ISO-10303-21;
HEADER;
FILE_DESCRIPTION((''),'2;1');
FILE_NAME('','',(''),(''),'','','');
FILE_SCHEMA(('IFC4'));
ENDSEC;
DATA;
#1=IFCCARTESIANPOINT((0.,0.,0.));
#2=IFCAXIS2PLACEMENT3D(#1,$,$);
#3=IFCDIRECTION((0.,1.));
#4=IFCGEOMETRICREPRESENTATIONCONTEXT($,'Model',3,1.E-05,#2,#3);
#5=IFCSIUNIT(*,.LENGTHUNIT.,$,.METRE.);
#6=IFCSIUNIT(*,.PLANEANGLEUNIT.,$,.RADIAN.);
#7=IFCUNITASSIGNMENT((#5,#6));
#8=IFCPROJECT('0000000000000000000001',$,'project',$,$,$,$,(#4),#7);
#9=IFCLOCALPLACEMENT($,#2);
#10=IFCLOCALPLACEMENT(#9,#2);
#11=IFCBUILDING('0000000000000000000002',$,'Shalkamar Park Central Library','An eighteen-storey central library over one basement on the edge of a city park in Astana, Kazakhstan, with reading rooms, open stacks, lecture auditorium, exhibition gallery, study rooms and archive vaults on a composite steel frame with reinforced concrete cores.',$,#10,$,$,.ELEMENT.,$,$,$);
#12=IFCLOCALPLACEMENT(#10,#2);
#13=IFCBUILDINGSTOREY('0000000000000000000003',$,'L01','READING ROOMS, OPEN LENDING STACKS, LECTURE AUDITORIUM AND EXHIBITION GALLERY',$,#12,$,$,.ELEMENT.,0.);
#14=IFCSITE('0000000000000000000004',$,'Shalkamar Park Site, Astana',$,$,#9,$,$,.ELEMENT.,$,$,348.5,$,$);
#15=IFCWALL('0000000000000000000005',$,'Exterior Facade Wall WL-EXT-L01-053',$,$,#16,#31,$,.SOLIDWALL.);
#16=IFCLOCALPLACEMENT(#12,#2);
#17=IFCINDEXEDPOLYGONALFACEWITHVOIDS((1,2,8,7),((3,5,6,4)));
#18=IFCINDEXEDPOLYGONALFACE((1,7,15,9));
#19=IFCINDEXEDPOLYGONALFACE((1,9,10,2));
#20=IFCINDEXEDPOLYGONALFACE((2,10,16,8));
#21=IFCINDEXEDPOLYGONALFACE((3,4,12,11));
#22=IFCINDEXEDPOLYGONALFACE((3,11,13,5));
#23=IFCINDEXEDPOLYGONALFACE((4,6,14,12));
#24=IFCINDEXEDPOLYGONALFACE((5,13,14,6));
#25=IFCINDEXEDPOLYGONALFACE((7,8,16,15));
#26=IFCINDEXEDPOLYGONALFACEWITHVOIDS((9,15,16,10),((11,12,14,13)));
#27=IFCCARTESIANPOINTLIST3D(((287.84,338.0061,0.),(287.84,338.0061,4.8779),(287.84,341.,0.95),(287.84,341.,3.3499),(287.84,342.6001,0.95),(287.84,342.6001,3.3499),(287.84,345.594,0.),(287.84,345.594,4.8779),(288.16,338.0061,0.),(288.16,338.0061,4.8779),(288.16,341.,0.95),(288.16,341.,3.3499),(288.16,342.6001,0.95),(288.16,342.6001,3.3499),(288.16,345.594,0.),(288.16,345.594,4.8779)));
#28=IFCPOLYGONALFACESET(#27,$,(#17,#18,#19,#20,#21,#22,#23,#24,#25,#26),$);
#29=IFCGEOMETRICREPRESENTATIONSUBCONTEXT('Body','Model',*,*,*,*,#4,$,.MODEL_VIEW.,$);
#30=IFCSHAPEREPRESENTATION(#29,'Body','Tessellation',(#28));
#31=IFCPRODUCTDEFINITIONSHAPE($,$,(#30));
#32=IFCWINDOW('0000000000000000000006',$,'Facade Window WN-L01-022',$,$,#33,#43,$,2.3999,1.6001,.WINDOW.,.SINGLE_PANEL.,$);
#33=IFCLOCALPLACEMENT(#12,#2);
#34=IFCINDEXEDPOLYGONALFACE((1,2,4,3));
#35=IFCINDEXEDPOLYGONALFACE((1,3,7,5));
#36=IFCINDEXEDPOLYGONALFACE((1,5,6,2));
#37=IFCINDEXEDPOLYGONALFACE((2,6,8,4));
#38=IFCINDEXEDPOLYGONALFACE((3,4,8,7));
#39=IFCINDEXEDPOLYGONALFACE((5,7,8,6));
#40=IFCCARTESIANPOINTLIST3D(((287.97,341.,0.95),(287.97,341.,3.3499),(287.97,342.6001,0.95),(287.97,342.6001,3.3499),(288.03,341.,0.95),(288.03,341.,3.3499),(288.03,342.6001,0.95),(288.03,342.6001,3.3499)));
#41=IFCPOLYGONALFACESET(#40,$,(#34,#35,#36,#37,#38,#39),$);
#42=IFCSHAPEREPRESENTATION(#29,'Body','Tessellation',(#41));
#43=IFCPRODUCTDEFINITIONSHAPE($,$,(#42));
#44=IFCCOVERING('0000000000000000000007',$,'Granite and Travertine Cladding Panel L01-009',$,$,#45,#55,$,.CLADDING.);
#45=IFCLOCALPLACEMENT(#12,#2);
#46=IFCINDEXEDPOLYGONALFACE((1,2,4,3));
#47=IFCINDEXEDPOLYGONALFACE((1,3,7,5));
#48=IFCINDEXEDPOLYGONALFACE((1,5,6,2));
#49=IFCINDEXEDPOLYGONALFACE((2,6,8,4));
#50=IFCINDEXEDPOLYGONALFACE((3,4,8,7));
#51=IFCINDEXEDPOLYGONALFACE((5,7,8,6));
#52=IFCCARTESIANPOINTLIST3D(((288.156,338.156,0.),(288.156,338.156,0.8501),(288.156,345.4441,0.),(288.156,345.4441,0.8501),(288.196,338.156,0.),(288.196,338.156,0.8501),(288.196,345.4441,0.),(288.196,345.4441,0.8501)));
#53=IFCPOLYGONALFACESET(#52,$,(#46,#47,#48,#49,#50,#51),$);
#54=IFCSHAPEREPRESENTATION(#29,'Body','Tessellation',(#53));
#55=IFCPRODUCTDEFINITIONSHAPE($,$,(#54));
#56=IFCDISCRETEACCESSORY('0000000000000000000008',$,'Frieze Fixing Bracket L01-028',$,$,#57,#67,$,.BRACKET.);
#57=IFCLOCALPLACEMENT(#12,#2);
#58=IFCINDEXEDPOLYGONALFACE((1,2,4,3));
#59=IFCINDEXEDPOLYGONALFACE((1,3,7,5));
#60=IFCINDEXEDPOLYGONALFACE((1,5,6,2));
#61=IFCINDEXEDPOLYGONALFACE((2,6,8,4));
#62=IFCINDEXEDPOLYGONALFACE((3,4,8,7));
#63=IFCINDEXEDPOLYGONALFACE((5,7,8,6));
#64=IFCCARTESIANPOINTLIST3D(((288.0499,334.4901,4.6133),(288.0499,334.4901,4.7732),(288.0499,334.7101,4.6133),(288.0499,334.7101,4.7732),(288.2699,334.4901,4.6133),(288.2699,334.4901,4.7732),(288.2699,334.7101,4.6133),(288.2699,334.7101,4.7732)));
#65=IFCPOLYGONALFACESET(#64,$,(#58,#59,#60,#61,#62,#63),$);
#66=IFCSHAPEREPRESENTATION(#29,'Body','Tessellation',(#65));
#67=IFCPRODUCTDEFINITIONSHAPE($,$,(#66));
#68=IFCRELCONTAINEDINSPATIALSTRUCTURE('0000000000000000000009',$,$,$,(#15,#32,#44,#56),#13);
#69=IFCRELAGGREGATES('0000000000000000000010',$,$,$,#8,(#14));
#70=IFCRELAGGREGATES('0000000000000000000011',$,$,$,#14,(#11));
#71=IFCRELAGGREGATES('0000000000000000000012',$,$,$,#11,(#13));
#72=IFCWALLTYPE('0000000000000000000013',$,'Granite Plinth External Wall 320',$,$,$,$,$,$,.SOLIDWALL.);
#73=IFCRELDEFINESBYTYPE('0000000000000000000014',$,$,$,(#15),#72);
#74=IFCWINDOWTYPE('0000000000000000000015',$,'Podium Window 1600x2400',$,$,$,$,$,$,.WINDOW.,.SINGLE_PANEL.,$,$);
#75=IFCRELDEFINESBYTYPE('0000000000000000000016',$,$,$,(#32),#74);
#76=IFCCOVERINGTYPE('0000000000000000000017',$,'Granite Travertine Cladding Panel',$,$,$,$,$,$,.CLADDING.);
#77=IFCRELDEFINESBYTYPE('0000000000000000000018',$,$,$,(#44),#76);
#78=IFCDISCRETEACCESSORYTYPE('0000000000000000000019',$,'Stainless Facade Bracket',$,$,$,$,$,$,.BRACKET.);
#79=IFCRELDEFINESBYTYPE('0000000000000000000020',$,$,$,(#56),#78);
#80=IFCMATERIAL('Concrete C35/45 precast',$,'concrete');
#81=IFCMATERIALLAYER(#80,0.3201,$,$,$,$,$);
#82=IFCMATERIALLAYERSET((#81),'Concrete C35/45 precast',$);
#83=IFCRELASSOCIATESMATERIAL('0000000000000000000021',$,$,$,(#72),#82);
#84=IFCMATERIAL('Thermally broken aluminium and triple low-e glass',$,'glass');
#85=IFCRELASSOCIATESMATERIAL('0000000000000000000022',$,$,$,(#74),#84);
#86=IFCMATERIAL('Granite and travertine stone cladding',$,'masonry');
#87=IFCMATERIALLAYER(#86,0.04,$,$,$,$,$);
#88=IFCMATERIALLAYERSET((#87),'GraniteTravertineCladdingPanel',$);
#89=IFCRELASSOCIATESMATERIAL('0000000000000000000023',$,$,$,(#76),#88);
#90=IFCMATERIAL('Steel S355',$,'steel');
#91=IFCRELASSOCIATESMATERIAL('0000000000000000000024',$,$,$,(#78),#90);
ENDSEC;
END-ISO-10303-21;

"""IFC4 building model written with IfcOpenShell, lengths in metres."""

from ifc_helpers import new_model, si_unit, direction, frame, frame_2d, origin, origin_2d, place, context, subcontext, project, spatial, rectangle, extrude, material, layer, layer_set, type_object, element, fill, save


model = new_model("IFC4")

# Units and contexts
model_context = context("Model", 3, precision=1e-05, world=origin(), true_north=direction((0.0, 1.0)))
body_context = subcontext(model_context, "Body", "Model", "MODEL_VIEW")
ifc_project = project(units=[si_unit("LENGTHUNIT", "METRE"), si_unit("PLANEANGLEUNIT", "RADIAN")], contexts=[model_context])

# Site, building, storey
site_placement = place(None, origin())
site = spatial("IfcSite", under=ifc_project, at=site_placement, Name="Shalkamar Park Site, Astana", CompositionType="ELEMENT", RefElevation=348.5)
building_placement = place(site_placement, origin())
building = spatial("IfcBuilding", under=site, at=building_placement, Name="Shalkamar Park Central Library", Description="An eighteen-storey central library over one basement on the edge of a city park in Astana, Kazakhstan, with reading rooms, open stacks, lecture auditorium, exhibition gallery, study rooms and archive vaults on a composite steel frame with reinforced concrete cores.", CompositionType="ELEMENT")
storey_placement = place(building_placement, origin())
storey = spatial("IfcBuildingStorey", under=building, at=storey_placement, Name="L01", Description="READING ROOMS, OPEN LENDING STACKS, LECTURE AUDITORIUM AND EXHIBITION GALLERY", CompositionType="ELEMENT", Elevation=0.0)

# Shared definitions
ifc_material_1 = material(Name="Steel S355", Category="steel")

# Wall, opening, window
ifc_material_2 = material(Name="Concrete C35/45 precast", Category="concrete")
ifc_layer_1 = layer(ifc_material_2, 0.3201)
ifc_layer_set_1 = layer_set([ifc_layer_1], Name="Concrete C35/45 precast")
wall_type_1 = type_object("IfcWallType", Name="Granite Plinth External Wall 320", PredefinedType="SOLIDWALL", material=ifc_layer_set_1)
ifc_material_3 = material(Name="Thermally broken aluminium and triple low-e glass", Category="glass")
wall_1_placement = place(storey_placement, frame((288.0, 338.0061, 0.0), z_axis=(0.0, 0.0, 1.0), x_axis=(0.0, 1.0, 0.0)))
wall_1 = element("IfcWall", 1, at=wall_1_placement, inside=storey, type_object=wall_type_1, Name="Exterior Facade Wall WL-EXT-L01-053", PredefinedType="SOLIDWALL", context=body_context, shape_type="SweptSolid", body=[
    extrude(rectangle(XDim=7.5879, YDim=0.3201, at=frame_2d((3.7939, 0.0))), origin(), (0.0, 0.0, 1.0), 4.8779),
])
opening_1_placement = place(wall_1_placement, frame((2.9939, 0.0, 0.95)))
opening_1 = element("IfcOpeningElement", 2, at=opening_1_placement, cuts=wall_1, PredefinedType="OPENING", context=body_context, shape_type="SweptSolid", body=[
    extrude(rectangle(XDim=1.6001, YDim=2.3999, at=frame_2d((0.8, 1.2))), frame((0.0, 0.1748, 0.0), z_axis=(0.0, -1.0, 0.0), x_axis=(1.0, 0.0, 0.0)), (0.0, 0.0, 1.0), 0.3499),
])
window_type_1 = type_object("IfcWindowType", Name="Podium Window 1600x2400", PartitioningType="SINGLE_PANEL", PredefinedType="WINDOW", material=ifc_material_3)
window_1_placement = place(opening_1_placement, origin())
window_1 = element("IfcWindow", 3, at=window_1_placement, inside=storey, type_object=window_type_1, Name="Facade Window WN-L01-022", OverallHeight=2.3999, OverallWidth=1.6001, PartitioningType="SINGLE_PANEL", PredefinedType="WINDOW", context=body_context, shape_type="SweptSolid", body=[
    extrude(rectangle(XDim=1.6001, YDim=2.3999, at=frame_2d((0.8, 1.2))), frame((0.0, 0.03, 0.0), z_axis=(0.0, -1.0, 0.0), x_axis=(1.0, 0.0, 0.0)), (0.0, 0.0, 1.0), 0.0601),
])
fill(opening_1, window_1)

# Covering
ifc_material_4 = material(Name="Granite and travertine stone cladding", Category="masonry")
ifc_layer_2 = layer(ifc_material_4, 0.04)
ifc_layer_set_2 = layer_set([ifc_layer_2], Name="GraniteTravertineCladdingPanel")
covering_type = type_object("IfcCoveringType", Name="Granite Travertine Cladding Panel", PredefinedType="CLADDING", material=ifc_layer_set_2)
covering_placement = place(storey_placement, frame((288.176, 341.8, 0.0), z_axis=(0.0, 0.0, 1.0), x_axis=(1.0, 0.0, 0.0)))
element("IfcCovering", 4, at=covering_placement, inside=storey, type_object=covering_type, Name="Granite and Travertine Cladding Panel L01-009", PredefinedType="CLADDING", context=body_context, shape_type="SweptSolid", body=[
    extrude(rectangle(XDim=0.04, YDim=7.2881, at=origin_2d()), origin(), (0.0, 0.0, 1.0), 0.8501),
])

# Discrete accessory
discrete_accessory_type = type_object("IfcDiscreteAccessoryType", Name="Stainless Facade Bracket", PredefinedType="BRACKET", material=ifc_material_1)
discrete_accessory_placement = place(storey_placement, frame((288.1599, 334.6001, 4.6133), z_axis=(0.0, 0.0, 1.0), x_axis=(1.0, 0.0, 0.0)))
element("IfcDiscreteAccessory", 5, at=discrete_accessory_placement, inside=storey, type_object=discrete_accessory_type, Name="Frieze Fixing Bracket L01-028", PredefinedType="BRACKET", context=body_context, shape_type="SweptSolid", body=[
    extrude(rectangle(XDim=0.22, YDim=0.22, at=origin_2d()), origin(), (0.0, 0.0, 1.0), 0.1599),
])

save(model, "model.ifc")
